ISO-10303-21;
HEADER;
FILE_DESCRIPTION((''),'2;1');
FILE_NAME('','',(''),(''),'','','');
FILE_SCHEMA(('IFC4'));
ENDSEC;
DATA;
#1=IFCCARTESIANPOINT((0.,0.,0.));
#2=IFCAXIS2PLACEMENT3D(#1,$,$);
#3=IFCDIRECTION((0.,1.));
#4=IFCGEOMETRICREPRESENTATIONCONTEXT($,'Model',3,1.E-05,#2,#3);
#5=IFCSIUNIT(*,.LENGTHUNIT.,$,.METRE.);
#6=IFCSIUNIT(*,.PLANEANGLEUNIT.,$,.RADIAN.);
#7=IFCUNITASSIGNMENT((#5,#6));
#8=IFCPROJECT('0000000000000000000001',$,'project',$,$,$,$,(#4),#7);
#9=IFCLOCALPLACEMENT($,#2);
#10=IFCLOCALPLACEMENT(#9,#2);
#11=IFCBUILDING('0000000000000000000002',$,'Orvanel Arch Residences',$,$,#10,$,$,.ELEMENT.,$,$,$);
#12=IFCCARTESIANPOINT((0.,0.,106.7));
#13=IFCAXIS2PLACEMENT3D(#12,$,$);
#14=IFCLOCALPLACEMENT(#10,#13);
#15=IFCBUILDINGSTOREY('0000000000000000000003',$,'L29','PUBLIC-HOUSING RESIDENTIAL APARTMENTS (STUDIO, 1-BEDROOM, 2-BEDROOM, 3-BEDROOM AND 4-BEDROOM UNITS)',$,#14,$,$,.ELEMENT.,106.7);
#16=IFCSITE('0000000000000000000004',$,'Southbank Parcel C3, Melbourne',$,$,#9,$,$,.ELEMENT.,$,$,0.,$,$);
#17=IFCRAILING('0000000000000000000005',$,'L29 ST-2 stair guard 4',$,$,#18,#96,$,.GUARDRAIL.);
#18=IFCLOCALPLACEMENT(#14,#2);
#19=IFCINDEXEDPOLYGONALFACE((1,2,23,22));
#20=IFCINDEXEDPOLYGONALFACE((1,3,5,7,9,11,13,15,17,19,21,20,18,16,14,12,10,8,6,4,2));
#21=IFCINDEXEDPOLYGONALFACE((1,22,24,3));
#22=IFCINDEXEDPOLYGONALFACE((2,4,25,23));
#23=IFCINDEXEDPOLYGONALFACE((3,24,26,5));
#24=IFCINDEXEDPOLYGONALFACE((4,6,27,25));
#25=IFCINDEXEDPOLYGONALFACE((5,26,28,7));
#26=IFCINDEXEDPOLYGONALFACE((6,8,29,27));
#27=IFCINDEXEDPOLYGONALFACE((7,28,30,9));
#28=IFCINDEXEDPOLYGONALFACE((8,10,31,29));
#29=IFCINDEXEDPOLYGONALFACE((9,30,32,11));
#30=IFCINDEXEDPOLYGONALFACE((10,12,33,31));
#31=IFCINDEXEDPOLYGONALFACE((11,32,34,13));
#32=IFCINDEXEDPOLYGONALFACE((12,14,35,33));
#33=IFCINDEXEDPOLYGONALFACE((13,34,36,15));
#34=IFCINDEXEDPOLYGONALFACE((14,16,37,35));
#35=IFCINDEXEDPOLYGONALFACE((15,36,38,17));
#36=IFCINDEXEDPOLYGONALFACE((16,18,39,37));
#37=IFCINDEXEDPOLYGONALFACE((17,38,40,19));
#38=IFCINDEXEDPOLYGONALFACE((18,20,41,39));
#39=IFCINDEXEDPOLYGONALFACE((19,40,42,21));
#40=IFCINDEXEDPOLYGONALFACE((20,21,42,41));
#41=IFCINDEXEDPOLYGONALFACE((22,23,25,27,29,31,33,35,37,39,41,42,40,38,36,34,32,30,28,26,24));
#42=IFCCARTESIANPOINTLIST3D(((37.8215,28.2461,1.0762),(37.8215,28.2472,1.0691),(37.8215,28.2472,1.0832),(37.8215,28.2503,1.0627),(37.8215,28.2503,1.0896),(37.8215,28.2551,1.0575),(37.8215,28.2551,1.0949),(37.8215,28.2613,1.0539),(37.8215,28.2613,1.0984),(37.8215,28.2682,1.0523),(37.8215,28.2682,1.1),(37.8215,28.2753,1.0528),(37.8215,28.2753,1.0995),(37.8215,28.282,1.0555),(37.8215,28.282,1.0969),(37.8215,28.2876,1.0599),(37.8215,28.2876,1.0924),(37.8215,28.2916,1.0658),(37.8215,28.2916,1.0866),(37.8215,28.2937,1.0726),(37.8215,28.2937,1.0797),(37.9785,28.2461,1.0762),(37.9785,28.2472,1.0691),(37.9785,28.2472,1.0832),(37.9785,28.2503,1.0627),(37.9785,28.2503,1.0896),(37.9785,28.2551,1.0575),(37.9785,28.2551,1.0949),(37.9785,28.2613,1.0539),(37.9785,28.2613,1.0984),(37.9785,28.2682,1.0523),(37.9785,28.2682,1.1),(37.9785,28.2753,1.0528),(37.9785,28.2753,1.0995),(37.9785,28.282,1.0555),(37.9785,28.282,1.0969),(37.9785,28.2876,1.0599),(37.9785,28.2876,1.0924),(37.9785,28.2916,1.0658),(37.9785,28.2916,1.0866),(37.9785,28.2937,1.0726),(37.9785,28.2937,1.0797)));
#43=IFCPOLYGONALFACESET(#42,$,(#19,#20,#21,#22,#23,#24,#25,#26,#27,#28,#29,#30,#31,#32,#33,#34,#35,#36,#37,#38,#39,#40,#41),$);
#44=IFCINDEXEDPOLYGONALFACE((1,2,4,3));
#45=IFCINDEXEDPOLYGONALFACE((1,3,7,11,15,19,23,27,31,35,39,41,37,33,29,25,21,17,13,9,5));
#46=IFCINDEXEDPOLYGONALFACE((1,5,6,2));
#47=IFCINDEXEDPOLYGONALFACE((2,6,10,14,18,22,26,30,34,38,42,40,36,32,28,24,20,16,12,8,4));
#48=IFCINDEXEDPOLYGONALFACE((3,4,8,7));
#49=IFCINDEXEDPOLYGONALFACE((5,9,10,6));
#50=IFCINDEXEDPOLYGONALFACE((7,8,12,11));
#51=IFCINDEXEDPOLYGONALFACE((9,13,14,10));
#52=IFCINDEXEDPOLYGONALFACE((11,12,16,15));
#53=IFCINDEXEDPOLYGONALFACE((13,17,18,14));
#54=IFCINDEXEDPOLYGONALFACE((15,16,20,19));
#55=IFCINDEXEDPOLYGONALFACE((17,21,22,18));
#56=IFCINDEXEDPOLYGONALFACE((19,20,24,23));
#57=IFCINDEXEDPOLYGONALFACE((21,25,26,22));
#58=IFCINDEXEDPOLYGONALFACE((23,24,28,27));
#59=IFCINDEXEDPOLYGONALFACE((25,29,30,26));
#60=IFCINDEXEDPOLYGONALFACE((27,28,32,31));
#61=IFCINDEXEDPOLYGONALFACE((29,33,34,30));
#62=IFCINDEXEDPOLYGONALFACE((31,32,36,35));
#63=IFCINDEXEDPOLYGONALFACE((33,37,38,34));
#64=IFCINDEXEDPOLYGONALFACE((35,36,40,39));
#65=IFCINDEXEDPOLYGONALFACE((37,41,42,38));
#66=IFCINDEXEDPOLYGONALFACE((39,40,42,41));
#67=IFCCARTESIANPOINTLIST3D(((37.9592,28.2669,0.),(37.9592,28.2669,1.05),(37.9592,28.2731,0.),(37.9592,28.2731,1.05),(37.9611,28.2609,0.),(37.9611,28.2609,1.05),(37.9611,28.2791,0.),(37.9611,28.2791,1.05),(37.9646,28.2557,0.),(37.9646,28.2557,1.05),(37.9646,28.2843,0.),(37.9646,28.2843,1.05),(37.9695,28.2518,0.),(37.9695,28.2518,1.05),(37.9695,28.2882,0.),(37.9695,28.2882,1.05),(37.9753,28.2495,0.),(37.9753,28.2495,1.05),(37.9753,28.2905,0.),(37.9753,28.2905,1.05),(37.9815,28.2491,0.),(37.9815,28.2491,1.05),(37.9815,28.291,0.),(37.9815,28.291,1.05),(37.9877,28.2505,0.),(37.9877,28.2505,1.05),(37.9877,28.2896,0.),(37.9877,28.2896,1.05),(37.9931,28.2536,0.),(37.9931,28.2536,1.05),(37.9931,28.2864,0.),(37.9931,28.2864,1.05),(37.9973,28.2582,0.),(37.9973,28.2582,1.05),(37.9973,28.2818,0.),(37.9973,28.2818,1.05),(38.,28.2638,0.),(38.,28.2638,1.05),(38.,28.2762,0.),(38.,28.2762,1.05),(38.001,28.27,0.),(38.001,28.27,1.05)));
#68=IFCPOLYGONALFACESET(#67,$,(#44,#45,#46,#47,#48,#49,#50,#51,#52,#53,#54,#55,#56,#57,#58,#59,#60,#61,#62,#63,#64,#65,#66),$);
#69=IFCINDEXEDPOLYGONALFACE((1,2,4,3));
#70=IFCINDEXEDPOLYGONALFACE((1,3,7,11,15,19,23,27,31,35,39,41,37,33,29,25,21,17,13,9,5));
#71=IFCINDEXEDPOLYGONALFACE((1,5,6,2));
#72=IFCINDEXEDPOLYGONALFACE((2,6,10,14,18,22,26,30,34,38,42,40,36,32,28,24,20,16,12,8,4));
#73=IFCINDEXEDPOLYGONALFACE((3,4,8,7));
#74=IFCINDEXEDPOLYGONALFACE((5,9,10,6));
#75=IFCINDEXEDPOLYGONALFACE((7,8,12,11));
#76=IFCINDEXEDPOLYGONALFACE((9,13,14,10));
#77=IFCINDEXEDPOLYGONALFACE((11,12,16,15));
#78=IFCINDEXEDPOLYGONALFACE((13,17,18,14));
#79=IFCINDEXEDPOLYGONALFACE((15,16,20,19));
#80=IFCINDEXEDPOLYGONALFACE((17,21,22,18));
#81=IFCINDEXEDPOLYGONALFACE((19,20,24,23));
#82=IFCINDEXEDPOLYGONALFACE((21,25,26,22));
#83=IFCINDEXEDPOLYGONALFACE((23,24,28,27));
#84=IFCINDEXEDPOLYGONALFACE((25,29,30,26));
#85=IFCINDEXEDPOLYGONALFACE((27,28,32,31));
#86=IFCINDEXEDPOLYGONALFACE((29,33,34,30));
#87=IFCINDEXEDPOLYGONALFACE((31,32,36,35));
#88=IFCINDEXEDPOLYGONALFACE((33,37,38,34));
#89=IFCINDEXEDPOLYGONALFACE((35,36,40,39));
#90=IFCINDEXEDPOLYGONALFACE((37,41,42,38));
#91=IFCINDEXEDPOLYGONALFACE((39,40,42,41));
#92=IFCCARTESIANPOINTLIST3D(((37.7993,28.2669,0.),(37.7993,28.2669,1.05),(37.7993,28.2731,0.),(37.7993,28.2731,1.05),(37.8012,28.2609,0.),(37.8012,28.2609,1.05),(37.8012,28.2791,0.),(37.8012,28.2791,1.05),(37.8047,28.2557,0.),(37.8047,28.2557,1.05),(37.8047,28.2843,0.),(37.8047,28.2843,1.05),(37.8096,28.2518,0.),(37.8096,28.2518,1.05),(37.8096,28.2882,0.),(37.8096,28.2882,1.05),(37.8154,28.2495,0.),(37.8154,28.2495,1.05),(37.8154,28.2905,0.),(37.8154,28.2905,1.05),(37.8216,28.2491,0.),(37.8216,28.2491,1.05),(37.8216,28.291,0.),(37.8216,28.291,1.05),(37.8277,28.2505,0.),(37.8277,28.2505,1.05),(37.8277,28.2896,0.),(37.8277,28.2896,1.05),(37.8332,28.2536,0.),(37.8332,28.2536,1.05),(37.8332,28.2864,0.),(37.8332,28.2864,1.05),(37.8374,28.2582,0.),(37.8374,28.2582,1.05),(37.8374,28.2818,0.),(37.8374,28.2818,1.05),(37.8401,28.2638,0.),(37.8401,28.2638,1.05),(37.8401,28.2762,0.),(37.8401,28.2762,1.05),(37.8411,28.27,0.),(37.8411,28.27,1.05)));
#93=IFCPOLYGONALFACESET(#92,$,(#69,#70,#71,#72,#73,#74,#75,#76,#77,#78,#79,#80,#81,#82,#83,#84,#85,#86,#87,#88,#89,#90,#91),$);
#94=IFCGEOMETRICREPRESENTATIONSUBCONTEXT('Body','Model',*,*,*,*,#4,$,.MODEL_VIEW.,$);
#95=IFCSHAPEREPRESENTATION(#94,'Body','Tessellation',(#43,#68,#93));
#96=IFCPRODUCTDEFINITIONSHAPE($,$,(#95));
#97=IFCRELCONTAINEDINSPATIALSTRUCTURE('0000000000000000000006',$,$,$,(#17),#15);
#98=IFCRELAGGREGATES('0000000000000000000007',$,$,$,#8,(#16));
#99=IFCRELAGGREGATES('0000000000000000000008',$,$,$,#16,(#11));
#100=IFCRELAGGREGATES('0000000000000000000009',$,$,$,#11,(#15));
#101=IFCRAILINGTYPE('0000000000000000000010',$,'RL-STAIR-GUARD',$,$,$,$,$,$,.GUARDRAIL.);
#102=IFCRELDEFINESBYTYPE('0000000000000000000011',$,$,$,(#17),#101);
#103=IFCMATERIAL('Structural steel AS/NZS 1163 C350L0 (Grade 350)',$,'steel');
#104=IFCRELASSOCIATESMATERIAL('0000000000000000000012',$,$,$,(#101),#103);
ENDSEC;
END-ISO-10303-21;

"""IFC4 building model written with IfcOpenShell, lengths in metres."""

from ifc_helpers import new_model, si_unit, direction, frame, origin, origin_2d, place, context, subcontext, project, spatial, circle, extrude, material, type_object, element, save


model = new_model("IFC4")

# Units and contexts
model_context = context("Model", 3, precision=1e-05, world=origin(), true_north=direction((0.0, 1.0)))
body_context = subcontext(model_context, "Body", "Model", "MODEL_VIEW")
ifc_project = project(units=[si_unit("LENGTHUNIT", "METRE"), si_unit("PLANEANGLEUNIT", "RADIAN")], contexts=[model_context])

# Site, building, storey
site_placement = place(None, origin())
site = spatial("IfcSite", under=ifc_project, at=site_placement, Name="Southbank Parcel C3, Melbourne", CompositionType="ELEMENT", RefElevation=0.0)
building_placement = place(site_placement, origin())
building = spatial("IfcBuilding", under=site, at=building_placement, Name="Orvanel Arch Residences", CompositionType="ELEMENT")
storey_placement = place(building_placement, frame((0.0, 0.0, 106.7)))
storey = spatial("IfcBuildingStorey", under=building, at=storey_placement, Name="L29", Description="PUBLIC-HOUSING RESIDENTIAL APARTMENTS (STUDIO, 1-BEDROOM, 2-BEDROOM, 3-BEDROOM AND 4-BEDROOM UNITS)", CompositionType="ELEMENT", Elevation=106.7)

# Railing
ifc_material_1 = material(Name="Structural steel AS/NZS 1163 C350L0 (Grade 350)", Category="steel")
railing_type_1 = type_object("IfcRailingType", Name="RL-STAIR-GUARD", PredefinedType="GUARDRAIL", material=ifc_material_1)
railing_1_placement = place(storey_placement, frame((37.98, 28.27, 0.0)))
element("IfcRailing", 1, at=railing_1_placement, inside=storey, type_object=railing_type_1, Name="L29 ST-2 stair guard 4", PredefinedType="GUARDRAIL", context=body_context, shape_type="SweptSolid", body=[
    extrude(circle(Radius=0.0239, at=origin_2d()), frame((-0.0015, 0.0, 1.0762), z_axis=(-1.0, 0.0, 0.0), x_axis=(0.0, -1.0, 0.0)), (0.0, 0.0, 1.0), 0.157),
    extrude(circle(Radius=0.021, at=origin_2d()), origin(), (0.0, 0.0, 1.0), 1.05),
    extrude(circle(Radius=0.021, at=origin_2d()), frame((-0.1599, 0.0, 0.0)), (0.0, 0.0, 1.0), 1.05),
])

save(model, "model.ifc")
